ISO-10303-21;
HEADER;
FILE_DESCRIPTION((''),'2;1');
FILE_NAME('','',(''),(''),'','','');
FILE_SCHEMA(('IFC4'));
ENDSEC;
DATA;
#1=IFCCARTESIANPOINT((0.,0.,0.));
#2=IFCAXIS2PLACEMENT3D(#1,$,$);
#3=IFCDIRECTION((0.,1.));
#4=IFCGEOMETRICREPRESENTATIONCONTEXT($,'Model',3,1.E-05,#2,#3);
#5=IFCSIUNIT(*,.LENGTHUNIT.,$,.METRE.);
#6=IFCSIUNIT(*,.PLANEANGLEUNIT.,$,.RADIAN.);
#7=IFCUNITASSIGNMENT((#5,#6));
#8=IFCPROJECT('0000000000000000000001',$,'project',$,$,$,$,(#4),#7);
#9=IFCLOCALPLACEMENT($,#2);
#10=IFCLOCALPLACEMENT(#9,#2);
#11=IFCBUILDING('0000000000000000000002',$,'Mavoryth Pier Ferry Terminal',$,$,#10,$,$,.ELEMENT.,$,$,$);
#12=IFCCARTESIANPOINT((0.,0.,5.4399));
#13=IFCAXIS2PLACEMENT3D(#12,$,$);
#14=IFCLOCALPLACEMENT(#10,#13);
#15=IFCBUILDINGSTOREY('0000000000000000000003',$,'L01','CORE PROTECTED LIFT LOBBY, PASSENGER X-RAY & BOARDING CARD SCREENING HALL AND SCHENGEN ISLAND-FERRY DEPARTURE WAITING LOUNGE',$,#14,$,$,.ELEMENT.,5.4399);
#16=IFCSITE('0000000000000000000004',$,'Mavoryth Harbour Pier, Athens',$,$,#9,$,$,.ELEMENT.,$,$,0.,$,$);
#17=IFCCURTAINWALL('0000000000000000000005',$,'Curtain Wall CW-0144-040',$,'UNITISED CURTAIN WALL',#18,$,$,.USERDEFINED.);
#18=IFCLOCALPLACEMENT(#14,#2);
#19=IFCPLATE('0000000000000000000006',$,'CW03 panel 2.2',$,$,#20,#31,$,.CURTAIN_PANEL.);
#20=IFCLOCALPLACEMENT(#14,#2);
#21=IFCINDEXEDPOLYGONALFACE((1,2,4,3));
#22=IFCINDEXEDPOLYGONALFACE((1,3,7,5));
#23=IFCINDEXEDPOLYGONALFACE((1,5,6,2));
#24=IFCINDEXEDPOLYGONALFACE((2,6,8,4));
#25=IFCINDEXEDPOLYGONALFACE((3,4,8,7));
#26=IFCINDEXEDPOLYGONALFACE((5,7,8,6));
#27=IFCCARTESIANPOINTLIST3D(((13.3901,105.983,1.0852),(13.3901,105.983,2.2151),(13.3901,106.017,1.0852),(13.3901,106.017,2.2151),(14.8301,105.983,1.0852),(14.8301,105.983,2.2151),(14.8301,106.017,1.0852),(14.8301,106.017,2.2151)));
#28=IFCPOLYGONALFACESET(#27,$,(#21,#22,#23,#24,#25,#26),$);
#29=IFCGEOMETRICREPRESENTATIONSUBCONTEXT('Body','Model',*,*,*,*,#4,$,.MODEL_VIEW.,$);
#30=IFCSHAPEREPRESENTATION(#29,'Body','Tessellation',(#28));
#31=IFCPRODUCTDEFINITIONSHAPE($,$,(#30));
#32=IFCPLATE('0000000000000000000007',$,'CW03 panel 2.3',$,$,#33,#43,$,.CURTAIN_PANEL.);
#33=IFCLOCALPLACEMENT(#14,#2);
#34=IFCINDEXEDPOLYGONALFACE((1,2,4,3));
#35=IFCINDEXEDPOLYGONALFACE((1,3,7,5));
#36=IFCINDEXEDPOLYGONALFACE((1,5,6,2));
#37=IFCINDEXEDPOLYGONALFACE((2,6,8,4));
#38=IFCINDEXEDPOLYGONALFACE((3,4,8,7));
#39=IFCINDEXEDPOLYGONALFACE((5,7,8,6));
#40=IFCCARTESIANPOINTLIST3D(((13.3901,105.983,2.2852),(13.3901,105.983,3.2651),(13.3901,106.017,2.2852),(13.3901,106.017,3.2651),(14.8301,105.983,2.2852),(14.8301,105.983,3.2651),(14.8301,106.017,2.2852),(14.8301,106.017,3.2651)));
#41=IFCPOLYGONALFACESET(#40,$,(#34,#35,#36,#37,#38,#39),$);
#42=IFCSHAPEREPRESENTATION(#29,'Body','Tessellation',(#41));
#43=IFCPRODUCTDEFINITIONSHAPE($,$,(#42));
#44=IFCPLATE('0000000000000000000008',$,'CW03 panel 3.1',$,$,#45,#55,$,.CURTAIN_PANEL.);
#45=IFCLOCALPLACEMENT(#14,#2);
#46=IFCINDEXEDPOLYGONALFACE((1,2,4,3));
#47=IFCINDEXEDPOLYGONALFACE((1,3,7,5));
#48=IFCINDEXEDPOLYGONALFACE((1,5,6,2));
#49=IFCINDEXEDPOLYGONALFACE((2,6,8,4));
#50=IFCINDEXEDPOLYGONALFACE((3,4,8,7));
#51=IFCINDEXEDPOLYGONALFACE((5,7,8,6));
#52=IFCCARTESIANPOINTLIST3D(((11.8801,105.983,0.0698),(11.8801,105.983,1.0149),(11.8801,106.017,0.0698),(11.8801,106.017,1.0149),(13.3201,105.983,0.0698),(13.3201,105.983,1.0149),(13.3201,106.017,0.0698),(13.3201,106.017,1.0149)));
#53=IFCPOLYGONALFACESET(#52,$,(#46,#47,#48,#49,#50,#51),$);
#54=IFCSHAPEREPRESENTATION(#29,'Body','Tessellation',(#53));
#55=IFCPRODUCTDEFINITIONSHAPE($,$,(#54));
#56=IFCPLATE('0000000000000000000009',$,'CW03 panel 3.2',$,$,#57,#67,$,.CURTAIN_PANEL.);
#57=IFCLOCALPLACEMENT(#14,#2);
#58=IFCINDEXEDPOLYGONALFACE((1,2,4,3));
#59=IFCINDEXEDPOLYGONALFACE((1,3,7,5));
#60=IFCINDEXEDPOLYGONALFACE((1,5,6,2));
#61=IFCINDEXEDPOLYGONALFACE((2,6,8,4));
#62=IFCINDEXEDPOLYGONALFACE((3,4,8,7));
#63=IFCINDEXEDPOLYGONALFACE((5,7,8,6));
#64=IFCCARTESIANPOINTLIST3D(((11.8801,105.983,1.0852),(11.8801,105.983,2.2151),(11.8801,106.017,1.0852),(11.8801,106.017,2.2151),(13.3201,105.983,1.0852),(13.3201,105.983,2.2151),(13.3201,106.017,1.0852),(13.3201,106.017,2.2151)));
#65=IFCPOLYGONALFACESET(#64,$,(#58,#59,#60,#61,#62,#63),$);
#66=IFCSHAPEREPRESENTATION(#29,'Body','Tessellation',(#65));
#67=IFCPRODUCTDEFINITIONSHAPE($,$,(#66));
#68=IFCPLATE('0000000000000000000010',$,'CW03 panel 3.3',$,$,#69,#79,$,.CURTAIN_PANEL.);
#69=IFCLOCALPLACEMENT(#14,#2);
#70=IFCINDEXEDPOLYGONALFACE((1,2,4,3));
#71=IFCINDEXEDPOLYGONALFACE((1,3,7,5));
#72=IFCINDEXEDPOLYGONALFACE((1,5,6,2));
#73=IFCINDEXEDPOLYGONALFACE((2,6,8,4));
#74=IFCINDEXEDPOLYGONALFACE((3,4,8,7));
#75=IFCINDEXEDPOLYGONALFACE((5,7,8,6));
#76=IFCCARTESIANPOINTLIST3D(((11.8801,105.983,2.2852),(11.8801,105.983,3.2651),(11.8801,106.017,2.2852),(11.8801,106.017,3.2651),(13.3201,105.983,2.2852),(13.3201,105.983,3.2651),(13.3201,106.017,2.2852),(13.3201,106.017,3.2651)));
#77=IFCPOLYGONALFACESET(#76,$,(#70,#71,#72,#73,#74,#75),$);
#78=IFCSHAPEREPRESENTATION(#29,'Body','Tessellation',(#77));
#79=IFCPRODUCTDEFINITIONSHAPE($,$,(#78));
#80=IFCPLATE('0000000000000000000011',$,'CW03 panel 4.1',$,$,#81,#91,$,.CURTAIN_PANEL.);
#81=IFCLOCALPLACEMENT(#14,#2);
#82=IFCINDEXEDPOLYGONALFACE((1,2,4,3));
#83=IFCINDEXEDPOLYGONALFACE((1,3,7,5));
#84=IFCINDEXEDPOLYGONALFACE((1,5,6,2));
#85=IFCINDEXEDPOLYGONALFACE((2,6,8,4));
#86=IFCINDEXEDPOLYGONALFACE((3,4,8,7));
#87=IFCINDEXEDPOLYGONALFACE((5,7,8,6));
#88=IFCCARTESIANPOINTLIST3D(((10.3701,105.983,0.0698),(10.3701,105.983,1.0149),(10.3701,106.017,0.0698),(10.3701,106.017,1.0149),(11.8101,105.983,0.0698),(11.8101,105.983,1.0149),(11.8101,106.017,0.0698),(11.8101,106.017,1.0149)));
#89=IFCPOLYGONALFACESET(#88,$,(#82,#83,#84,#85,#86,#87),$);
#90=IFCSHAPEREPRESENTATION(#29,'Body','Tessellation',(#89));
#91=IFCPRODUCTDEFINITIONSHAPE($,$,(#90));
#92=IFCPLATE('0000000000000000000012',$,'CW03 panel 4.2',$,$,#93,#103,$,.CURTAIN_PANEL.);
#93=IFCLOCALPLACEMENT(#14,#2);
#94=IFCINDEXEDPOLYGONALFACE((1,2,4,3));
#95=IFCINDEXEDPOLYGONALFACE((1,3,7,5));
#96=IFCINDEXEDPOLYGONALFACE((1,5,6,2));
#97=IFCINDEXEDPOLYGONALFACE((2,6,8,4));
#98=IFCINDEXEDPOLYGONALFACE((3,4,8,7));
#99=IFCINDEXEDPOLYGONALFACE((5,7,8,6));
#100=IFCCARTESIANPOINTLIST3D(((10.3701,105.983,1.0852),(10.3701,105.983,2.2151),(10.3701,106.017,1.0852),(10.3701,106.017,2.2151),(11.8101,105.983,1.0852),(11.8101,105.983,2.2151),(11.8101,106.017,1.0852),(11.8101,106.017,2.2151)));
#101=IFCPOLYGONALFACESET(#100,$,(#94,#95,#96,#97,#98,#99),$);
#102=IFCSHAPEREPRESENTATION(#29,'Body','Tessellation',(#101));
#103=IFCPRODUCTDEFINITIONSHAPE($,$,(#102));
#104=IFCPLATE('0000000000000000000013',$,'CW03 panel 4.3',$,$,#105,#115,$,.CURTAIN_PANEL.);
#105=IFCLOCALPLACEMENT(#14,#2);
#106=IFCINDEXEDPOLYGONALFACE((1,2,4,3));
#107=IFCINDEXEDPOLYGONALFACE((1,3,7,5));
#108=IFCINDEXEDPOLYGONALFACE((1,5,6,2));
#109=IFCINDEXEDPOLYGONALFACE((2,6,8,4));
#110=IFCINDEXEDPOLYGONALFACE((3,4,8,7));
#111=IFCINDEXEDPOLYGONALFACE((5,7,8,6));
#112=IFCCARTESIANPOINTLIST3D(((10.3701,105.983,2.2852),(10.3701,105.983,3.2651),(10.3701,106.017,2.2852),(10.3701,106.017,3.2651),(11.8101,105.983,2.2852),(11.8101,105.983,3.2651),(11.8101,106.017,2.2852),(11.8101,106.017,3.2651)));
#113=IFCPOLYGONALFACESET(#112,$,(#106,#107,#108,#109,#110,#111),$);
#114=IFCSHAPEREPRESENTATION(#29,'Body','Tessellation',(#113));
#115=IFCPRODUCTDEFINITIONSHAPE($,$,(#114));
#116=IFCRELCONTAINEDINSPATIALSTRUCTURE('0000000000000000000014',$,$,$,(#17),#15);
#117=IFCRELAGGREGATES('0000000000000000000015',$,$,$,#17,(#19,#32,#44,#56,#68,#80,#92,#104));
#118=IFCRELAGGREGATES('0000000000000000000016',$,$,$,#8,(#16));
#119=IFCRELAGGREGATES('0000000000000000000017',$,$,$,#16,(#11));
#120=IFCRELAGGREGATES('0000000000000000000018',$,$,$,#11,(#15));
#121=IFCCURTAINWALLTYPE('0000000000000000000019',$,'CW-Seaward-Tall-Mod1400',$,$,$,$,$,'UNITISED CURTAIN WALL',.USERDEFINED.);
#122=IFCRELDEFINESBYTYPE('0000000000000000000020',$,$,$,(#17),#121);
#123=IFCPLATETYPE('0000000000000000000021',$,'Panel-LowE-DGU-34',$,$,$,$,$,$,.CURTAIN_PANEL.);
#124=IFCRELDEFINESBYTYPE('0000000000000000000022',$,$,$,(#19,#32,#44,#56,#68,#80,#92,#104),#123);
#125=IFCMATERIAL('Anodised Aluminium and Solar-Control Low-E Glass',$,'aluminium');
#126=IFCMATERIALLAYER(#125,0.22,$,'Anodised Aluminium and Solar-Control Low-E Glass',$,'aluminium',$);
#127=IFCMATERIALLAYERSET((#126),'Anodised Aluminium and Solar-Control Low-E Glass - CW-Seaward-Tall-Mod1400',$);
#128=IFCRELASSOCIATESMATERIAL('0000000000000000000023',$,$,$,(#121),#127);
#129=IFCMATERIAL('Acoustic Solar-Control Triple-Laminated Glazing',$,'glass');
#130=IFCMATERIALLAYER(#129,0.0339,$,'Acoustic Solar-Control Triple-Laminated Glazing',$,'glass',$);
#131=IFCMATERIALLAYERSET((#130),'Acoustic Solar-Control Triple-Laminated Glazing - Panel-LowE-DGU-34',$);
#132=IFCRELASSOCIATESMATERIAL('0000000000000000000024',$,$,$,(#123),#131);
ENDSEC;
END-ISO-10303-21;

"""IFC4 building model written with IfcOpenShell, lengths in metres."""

from ifc_helpers import new_model, si_unit, direction, frame, origin, origin_2d, place, context, subcontext, project, spatial, rectangle, extrude, material, layer, layer_set, type_object, element, aggregate, save


model = new_model("IFC4")

# Units and contexts
model_context = context("Model", 3, precision=1e-05, world=origin(), true_north=direction((0.0, 1.0)))
body_context = subcontext(model_context, "Body", "Model", "MODEL_VIEW")
ifc_project = project(units=[si_unit("LENGTHUNIT", "METRE"), si_unit("PLANEANGLEUNIT", "RADIAN")], contexts=[model_context])

# Site, building, storey
site_placement = place(None, origin())
site = spatial("IfcSite", under=ifc_project, at=site_placement, Name="Mavoryth Harbour Pier, Athens", CompositionType="ELEMENT", RefElevation=0.0)
building_placement = place(site_placement, origin())
building = spatial("IfcBuilding", under=site, at=building_placement, Name="Mavoryth Pier Ferry Terminal", CompositionType="ELEMENT")
storey_placement = place(building_placement, frame((0.0, 0.0, 5.4399)))
storey = spatial("IfcBuildingStorey", under=building, at=storey_placement, Name="L01", Description="CORE PROTECTED LIFT LOBBY, PASSENGER X-RAY & BOARDING CARD SCREENING HALL AND SCHENGEN ISLAND-FERRY DEPARTURE WAITING LOUNGE", CompositionType="ELEMENT", Elevation=5.4399)

# Curtain wall, plates
ifc_material_1 = material(Name="Anodised Aluminium and Solar-Control Low-E Glass", Category="aluminium")
ifc_layer_1 = layer(ifc_material_1, 0.22, Name="Anodised Aluminium and Solar-Control Low-E Glass", Category="aluminium")
ifc_layer_set_1 = layer_set([ifc_layer_1], Name="Anodised Aluminium and Solar-Control Low-E Glass - CW-Seaward-Tall-Mod1400")
curtain_wall_type = type_object("IfcCurtainWallType", Name="CW-Seaward-Tall-Mod1400", ElementType="UNITISED CURTAIN WALL", PredefinedType="USERDEFINED", material=ifc_layer_set_1)
curtain_wall_placement = place(storey_placement, origin())
curtain_wall = element("IfcCurtainWall", 1, at=curtain_wall_placement, inside=storey, type_object=curtain_wall_type, Name="Curtain Wall CW-0144-040", ObjectType="UNITISED CURTAIN WALL", PredefinedType="USERDEFINED")
ifc_material_2 = material(Name="Acoustic Solar-Control Triple-Laminated Glazing", Category="glass")
ifc_layer_2 = layer(ifc_material_2, 0.0339, Name="Acoustic Solar-Control Triple-Laminated Glazing", Category="glass")
ifc_layer_set_2 = layer_set([ifc_layer_2], Name="Acoustic Solar-Control Triple-Laminated Glazing - Panel-LowE-DGU-34")
plate_type = type_object("IfcPlateType", Name="Panel-LowE-DGU-34", PredefinedType="CURTAIN_PANEL", material=ifc_layer_set_2)
plate_1_placement = place(storey_placement, frame((14.1101, 106.0, 1.0852), z_axis=(0.0, 0.0, 1.0), x_axis=(-1.0, 0.0, 0.0)))
plate_1 = element("IfcPlate", 2, at=plate_1_placement, type_object=plate_type, Name="CW03 panel 2.2", PredefinedType="CURTAIN_PANEL", context=body_context, shape_type="SweptSolid", body=[
    extrude(rectangle(XDim=1.4399, YDim=0.0339, at=origin_2d()), origin(), (0.0, 0.0, 1.0), 1.1299),
])
plate_2_placement = place(storey_placement, frame((14.1101, 106.0, 2.2852), z_axis=(0.0, 0.0, 1.0), x_axis=(-1.0, 0.0, 0.0)))
plate_2 = element("IfcPlate", 3, at=plate_2_placement, type_object=plate_type, Name="CW03 panel 2.3", PredefinedType="CURTAIN_PANEL", context=body_context, shape_type="SweptSolid", body=[
    extrude(rectangle(XDim=1.4399, YDim=0.0339, at=origin_2d()), origin(), (0.0, 0.0, 1.0), 0.98),
])
plate_3_placement = place(storey_placement, frame((12.6001, 106.0, 0.0698), z_axis=(0.0, 0.0, 1.0), x_axis=(-1.0, 0.0, 0.0)))
plate_3 = element("IfcPlate", 4, at=plate_3_placement, type_object=plate_type, Name="CW03 panel 3.1", PredefinedType="CURTAIN_PANEL", context=body_context, shape_type="SweptSolid", body=[
    extrude(rectangle(XDim=1.4399, YDim=0.0339, at=origin_2d()), origin(), (0.0, 0.0, 1.0), 0.9451),
])
plate_4_placement = place(storey_placement, frame((12.6001, 106.0, 1.0852), z_axis=(0.0, 0.0, 1.0), x_axis=(-1.0, 0.0, 0.0)))
plate_4 = element("IfcPlate", 5, at=plate_4_placement, type_object=plate_type, Name="CW03 panel 3.2", PredefinedType="CURTAIN_PANEL", context=body_context, shape_type="SweptSolid", body=[
    extrude(rectangle(XDim=1.4399, YDim=0.0339, at=origin_2d()), origin(), (0.0, 0.0, 1.0), 1.1299),
])
plate_5_placement = place(storey_placement, frame((12.6001, 106.0, 2.2852), z_axis=(0.0, 0.0, 1.0), x_axis=(-1.0, 0.0, 0.0)))
plate_5 = element("IfcPlate", 6, at=plate_5_placement, type_object=plate_type, Name="CW03 panel 3.3", PredefinedType="CURTAIN_PANEL", context=body_context, shape_type="SweptSolid", body=[
    extrude(rectangle(XDim=1.4399, YDim=0.0339, at=origin_2d()), origin(), (0.0, 0.0, 1.0), 0.98),
])
plate_6_placement = place(storey_placement, frame((11.0901, 106.0, 0.0698), z_axis=(0.0, 0.0, 1.0), x_axis=(-1.0, 0.0, 0.0)))
plate_6 = element("IfcPlate", 7, at=plate_6_placement, type_object=plate_type, Name="CW03 panel 4.1", PredefinedType="CURTAIN_PANEL", context=body_context, shape_type="SweptSolid", body=[
    extrude(rectangle(XDim=1.4399, YDim=0.0339, at=origin_2d()), origin(), (0.0, 0.0, 1.0), 0.9451),
])
plate_7_placement = place(storey_placement, frame((11.0901, 106.0, 1.0852), z_axis=(0.0, 0.0, 1.0), x_axis=(-1.0, 0.0, 0.0)))
plate_7 = element("IfcPlate", 8, at=plate_7_placement, type_object=plate_type, Name="CW03 panel 4.2", PredefinedType="CURTAIN_PANEL", context=body_context, shape_type="SweptSolid", body=[
    extrude(rectangle(XDim=1.4399, YDim=0.0339, at=origin_2d()), origin(), (0.0, 0.0, 1.0), 1.1299),
])
plate_8_placement = place(storey_placement, frame((11.0901, 106.0, 2.2852), z_axis=(0.0, 0.0, 1.0), x_axis=(-1.0, 0.0, 0.0)))
plate_8 = element("IfcPlate", 9, at=plate_8_placement, type_object=plate_type, Name="CW03 panel 4.3", PredefinedType="CURTAIN_PANEL", context=body_context, shape_type="SweptSolid", body=[
    extrude(rectangle(XDim=1.4399, YDim=0.0339, at=origin_2d()), origin(), (0.0, 0.0, 1.0), 0.98),
])
aggregate(curtain_wall, [plate_1, plate_2, plate_3, plate_4, plate_5, plate_6, plate_7, plate_8])

save(model, "model.ifc")
